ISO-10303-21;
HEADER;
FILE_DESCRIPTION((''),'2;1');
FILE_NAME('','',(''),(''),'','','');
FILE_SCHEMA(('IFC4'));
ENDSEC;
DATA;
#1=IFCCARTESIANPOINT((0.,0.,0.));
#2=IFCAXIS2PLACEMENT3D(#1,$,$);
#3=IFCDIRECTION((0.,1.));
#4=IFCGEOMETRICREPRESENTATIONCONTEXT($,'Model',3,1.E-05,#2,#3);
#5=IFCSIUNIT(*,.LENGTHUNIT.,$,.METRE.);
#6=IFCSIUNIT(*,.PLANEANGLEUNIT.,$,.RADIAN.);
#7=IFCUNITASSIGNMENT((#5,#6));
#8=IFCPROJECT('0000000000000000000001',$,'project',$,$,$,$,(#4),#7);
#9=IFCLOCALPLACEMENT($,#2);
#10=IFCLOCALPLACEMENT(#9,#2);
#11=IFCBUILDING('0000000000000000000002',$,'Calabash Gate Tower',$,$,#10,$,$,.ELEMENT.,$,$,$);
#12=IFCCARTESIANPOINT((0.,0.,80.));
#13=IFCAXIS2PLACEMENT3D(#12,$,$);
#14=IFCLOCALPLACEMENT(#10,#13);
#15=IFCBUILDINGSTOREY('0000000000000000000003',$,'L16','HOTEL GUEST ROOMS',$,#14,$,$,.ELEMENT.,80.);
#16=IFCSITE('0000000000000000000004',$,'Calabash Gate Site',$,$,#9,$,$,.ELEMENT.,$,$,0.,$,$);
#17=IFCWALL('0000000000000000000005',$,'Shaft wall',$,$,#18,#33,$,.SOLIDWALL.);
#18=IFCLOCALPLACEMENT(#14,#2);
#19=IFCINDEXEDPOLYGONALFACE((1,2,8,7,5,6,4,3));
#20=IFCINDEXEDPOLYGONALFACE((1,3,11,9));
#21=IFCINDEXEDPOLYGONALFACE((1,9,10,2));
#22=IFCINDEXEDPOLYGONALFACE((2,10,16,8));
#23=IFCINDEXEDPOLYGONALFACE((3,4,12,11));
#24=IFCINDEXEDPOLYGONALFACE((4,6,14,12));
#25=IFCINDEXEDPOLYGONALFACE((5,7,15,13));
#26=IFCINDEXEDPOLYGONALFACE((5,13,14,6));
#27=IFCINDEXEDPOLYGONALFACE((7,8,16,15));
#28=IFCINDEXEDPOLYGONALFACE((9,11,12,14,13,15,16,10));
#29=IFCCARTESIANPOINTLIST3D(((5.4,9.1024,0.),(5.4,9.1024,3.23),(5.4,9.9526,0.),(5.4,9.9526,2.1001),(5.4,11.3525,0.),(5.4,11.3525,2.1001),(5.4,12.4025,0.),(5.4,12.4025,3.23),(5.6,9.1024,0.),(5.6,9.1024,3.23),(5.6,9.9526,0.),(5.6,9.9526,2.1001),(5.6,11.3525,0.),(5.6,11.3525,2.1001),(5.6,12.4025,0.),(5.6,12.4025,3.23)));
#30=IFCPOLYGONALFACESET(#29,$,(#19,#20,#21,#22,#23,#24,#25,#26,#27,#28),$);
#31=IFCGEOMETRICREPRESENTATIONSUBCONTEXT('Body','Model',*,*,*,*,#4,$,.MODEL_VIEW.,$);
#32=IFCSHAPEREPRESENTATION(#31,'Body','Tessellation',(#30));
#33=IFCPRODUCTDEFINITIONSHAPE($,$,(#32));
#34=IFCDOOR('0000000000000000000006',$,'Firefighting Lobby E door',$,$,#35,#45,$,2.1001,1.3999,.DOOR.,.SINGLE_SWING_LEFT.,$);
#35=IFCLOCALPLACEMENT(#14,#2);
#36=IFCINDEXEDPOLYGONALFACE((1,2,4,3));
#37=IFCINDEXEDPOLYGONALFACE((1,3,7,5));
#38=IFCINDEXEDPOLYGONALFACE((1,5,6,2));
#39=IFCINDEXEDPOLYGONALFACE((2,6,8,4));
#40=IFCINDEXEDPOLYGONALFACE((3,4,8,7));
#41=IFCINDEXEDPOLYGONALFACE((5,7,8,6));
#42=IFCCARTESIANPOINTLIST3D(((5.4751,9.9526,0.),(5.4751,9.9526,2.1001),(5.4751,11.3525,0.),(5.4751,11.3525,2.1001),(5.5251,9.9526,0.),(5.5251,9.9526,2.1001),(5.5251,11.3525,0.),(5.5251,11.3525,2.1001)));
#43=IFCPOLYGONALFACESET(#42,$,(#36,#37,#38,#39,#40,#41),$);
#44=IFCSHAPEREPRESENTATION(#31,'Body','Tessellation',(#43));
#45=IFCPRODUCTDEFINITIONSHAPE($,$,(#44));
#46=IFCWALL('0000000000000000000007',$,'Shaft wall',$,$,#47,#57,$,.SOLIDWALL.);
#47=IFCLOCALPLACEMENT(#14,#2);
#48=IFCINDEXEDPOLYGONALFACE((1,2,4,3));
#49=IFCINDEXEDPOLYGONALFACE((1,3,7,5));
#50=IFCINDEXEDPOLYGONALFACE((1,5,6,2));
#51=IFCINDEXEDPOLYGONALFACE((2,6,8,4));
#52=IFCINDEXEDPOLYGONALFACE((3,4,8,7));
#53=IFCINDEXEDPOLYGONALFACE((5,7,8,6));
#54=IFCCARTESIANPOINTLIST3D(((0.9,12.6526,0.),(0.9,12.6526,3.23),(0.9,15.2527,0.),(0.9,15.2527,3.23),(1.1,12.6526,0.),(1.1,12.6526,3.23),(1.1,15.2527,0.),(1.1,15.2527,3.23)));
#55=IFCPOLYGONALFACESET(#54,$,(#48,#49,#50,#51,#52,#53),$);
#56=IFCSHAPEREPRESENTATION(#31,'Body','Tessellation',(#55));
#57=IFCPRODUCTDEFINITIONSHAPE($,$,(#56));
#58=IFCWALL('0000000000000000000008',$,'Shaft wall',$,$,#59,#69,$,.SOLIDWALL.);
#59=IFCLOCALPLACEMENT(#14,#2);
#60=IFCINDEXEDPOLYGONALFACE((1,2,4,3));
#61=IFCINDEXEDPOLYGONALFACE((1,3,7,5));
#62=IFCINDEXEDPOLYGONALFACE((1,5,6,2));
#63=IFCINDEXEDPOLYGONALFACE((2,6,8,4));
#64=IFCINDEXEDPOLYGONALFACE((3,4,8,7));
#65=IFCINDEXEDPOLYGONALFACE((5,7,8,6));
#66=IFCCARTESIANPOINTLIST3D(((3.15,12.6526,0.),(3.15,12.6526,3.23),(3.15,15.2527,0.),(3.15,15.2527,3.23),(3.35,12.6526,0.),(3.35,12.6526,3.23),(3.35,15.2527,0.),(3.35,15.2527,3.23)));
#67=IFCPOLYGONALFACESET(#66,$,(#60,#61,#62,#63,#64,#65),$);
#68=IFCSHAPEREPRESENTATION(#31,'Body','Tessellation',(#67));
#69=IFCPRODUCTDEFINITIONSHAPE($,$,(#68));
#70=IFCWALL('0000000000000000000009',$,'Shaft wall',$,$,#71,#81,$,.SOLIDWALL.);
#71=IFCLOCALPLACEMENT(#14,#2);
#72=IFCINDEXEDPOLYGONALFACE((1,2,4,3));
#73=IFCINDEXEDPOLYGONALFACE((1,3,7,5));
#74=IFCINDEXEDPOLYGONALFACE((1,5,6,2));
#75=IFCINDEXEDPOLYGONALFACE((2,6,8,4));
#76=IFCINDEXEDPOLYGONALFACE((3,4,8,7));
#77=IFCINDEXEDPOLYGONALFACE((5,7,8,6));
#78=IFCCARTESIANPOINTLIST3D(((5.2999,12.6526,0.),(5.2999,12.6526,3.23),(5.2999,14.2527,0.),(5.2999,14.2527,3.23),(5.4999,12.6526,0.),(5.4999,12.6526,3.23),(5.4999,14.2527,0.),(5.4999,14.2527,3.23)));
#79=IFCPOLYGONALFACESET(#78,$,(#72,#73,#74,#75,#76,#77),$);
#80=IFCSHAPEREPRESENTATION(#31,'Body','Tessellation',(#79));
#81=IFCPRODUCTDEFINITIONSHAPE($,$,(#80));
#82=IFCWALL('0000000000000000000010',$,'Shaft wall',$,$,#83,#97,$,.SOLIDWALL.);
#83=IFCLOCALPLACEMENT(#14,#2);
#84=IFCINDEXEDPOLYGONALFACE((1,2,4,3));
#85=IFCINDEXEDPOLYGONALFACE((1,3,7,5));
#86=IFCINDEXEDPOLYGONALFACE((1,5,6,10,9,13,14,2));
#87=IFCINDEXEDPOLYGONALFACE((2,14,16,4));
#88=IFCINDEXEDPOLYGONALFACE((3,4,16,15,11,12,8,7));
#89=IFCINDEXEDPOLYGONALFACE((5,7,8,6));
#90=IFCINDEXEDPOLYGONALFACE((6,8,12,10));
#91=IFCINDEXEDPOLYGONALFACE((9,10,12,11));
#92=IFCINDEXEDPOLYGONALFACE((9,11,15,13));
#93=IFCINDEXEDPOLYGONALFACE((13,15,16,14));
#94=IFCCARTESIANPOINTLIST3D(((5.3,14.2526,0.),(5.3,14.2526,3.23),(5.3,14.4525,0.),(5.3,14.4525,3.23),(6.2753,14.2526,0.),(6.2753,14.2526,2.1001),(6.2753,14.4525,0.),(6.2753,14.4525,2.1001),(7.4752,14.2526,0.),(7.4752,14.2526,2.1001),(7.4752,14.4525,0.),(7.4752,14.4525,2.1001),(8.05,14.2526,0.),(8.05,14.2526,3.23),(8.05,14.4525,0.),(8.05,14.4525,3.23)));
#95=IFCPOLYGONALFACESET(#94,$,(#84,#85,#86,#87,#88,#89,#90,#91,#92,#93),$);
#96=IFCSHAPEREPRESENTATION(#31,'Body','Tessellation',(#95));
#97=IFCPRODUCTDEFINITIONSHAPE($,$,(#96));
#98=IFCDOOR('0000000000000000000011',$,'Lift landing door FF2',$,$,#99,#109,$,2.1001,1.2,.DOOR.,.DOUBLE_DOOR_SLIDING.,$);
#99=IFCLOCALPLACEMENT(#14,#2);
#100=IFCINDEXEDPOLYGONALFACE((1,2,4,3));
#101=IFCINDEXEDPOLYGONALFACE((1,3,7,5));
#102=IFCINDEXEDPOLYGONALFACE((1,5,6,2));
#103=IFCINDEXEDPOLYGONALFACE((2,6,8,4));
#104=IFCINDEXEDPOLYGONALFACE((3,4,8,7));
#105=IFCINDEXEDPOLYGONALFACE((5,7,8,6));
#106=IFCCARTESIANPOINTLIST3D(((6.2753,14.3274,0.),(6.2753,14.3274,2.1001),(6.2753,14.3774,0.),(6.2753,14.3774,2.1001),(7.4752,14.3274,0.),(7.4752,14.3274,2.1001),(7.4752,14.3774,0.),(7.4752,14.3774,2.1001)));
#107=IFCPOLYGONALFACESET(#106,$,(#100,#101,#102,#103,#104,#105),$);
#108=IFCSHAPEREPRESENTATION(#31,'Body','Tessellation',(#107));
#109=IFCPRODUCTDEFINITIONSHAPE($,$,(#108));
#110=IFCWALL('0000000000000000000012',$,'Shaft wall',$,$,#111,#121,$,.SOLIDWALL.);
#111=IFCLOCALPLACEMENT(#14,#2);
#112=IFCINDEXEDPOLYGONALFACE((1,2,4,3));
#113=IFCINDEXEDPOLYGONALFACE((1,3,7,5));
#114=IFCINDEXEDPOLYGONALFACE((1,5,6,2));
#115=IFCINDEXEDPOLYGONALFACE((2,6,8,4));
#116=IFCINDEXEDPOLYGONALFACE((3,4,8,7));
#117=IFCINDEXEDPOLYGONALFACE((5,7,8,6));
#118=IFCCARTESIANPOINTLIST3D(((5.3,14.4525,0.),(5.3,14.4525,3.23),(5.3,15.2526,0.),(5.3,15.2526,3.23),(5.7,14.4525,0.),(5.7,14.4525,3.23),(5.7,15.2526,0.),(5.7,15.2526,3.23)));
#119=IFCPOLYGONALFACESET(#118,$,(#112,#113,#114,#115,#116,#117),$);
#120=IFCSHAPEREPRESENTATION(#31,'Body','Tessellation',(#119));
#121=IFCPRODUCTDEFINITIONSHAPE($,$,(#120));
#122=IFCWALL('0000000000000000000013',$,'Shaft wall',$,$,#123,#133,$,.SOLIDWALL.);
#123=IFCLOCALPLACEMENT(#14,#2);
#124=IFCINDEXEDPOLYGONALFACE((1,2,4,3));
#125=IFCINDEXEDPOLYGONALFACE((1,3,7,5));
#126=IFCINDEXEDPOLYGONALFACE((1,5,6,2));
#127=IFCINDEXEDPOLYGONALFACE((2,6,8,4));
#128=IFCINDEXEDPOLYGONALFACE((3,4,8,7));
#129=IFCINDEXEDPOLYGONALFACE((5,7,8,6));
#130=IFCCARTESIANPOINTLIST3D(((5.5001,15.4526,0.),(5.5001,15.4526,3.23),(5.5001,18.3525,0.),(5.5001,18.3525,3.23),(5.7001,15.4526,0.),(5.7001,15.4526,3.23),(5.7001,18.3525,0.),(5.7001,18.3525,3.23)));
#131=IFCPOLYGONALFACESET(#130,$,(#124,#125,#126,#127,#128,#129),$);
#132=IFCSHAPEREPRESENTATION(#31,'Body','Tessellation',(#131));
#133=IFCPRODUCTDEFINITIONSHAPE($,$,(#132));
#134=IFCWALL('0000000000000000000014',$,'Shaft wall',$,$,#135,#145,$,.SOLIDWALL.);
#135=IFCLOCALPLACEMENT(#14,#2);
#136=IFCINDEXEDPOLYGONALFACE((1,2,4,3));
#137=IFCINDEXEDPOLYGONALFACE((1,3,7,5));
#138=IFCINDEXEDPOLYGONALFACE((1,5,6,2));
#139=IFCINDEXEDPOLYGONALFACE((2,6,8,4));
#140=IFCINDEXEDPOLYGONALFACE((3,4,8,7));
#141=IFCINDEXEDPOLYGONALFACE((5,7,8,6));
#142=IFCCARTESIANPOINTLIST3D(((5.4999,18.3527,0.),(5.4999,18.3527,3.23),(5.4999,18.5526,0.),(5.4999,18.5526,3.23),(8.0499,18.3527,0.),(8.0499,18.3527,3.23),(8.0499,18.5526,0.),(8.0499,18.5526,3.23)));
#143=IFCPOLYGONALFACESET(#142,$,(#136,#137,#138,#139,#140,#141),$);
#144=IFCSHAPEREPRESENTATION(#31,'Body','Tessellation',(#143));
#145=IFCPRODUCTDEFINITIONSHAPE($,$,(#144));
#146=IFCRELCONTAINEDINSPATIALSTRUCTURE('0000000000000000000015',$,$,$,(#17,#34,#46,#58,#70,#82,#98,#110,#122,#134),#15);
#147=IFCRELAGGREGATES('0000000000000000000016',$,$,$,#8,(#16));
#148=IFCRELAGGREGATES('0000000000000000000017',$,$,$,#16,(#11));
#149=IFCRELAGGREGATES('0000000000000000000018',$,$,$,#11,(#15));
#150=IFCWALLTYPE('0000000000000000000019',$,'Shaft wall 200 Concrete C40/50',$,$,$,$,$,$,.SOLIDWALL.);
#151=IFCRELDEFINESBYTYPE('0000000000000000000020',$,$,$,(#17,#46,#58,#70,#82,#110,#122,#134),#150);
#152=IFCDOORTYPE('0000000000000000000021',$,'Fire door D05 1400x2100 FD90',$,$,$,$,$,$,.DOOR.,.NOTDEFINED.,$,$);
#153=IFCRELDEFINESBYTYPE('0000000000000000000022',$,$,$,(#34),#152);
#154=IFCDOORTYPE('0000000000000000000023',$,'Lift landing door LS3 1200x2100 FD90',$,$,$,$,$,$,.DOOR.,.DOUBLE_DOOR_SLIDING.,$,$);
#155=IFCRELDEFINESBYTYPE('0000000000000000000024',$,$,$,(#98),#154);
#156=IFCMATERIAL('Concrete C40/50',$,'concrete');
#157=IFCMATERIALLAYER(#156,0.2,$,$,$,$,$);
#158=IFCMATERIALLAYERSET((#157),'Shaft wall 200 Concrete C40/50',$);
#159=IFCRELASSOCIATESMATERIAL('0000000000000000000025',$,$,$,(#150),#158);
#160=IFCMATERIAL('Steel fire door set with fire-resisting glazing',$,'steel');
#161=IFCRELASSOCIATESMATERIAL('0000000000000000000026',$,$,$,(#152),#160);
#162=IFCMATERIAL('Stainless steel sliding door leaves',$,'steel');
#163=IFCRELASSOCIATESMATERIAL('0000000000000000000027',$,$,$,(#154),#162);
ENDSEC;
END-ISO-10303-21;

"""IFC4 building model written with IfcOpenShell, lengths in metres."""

from ifc_helpers import new_model, si_unit, direction, frame, frame_2d, origin, place, context, subcontext, project, spatial, rectangle, extrude, material, layer, layer_set, type_object, element, fill, save


model = new_model("IFC4")

# Units and contexts
model_context = context("Model", 3, precision=1e-05, world=origin(), true_north=direction((0.0, 1.0)))
body_context = subcontext(model_context, "Body", "Model", "MODEL_VIEW")
ifc_project = project(units=[si_unit("LENGTHUNIT", "METRE"), si_unit("PLANEANGLEUNIT", "RADIAN")], contexts=[model_context])

# Site, building, storey
site_placement = place(None, origin())
site = spatial("IfcSite", under=ifc_project, at=site_placement, Name="Calabash Gate Site", CompositionType="ELEMENT", RefElevation=0.0)
building_placement = place(site_placement, origin())
building = spatial("IfcBuilding", under=site, at=building_placement, Name="Calabash Gate Tower", CompositionType="ELEMENT")
storey_placement = place(building_placement, frame((0.0, 0.0, 80.0)))
storey = spatial("IfcBuildingStorey", under=building, at=storey_placement, Name="L16", Description="HOTEL GUEST ROOMS", CompositionType="ELEMENT", Elevation=80.0)

# Shared definitions
ifc_material_1 = material(Name="Concrete C40/50", Category="concrete")
ifc_layer_1 = layer(ifc_material_1, 0.2)
ifc_layer_set_1 = layer_set([ifc_layer_1], Name="Shaft wall 200 Concrete C40/50")
wall_type_1 = type_object("IfcWallType", Name="Shaft wall 200 Concrete C40/50", PredefinedType="SOLIDWALL", material=ifc_layer_set_1)

# Wall, opening, door
wall_1_placement = place(storey_placement, frame((5.5, 9.1025, 0.0), z_axis=(0.0, 0.0, 1.0), x_axis=(0.0, 1.0, 0.0)))
wall_1 = element("IfcWall", 1, at=wall_1_placement, inside=storey, type_object=wall_type_1, Name="Shaft wall", PredefinedType="SOLIDWALL", context=body_context, shape_type="SweptSolid", body=[
    extrude(rectangle(XDim=3.3, YDim=0.2, at=frame_2d((1.6499, 0.0))), origin(), (0.0, 0.0, 1.0), 3.23),
])
opening_1_placement = place(wall_1_placement, frame((0.8501, 0.0, 0.0)))
opening_1 = element("IfcOpeningElement", 2, at=opening_1_placement, cuts=wall_1, PredefinedType="OPENING", context=body_context, shape_type="SweptSolid", body=[
    extrude(rectangle(XDim=1.3999, YDim=2.1001, at=frame_2d((0.7, 1.05))), frame((0.0, 0.1099, 0.0), z_axis=(0.0, -1.0, 0.0), x_axis=(1.0, 0.0, 0.0)), (0.0, 0.0, 1.0), 0.22),
])
ifc_material_2 = material(Name="Steel fire door set with fire-resisting glazing", Category="steel")
door_type_1 = type_object("IfcDoorType", Name="Fire door D05 1400x2100 FD90", OperationType="NOTDEFINED", PredefinedType="DOOR", material=ifc_material_2)
door_1_placement = place(opening_1_placement, origin())
door_1 = element("IfcDoor", 3, at=door_1_placement, inside=storey, type_object=door_type_1, Name="Firefighting Lobby E door", OperationType="SINGLE_SWING_LEFT", OverallHeight=2.1001, OverallWidth=1.3999, PredefinedType="DOOR", context=body_context, shape_type="SweptSolid", body=[
    extrude(rectangle(XDim=1.3999, YDim=2.1001, at=frame_2d((0.7, 1.05))), frame((0.0, 0.0249, 0.0), z_axis=(0.0, -1.0, 0.0), x_axis=(1.0, 0.0, 0.0)), (0.0, 0.0, 1.0), 0.05),
])
fill(opening_1, door_1)

# Walls
for number, where, z_axis, x_axis, name in (
    (4, (1.0, 12.6526, 0.0), (0.0, 0.0, 1.0), (0.0, 1.0, 0.0), "Shaft wall"),
    (5, (3.25, 12.6526, 0.0), (0.0, 0.0, 1.0), (0.0, 1.0, 0.0), "Shaft wall"),
):
    element("IfcWall", number, at=place(storey_placement, frame(where, z_axis=z_axis, x_axis=x_axis)), inside=storey, type_object=wall_type_1, Name=name, PredefinedType="SOLIDWALL", context=body_context, shape_type="SweptSolid", body=[
        extrude(rectangle(XDim=2.6001, YDim=0.2, at=frame_2d((1.3, 0.0))), origin(), (0.0, 0.0, 1.0), 3.23),
    ])
wall_2_placement = place(storey_placement, frame((5.3999, 12.6526, 0.0), z_axis=(0.0, 0.0, 1.0), x_axis=(0.0, 1.0, 0.0)))
element("IfcWall", 6, at=wall_2_placement, inside=storey, type_object=wall_type_1, Name="Shaft wall", PredefinedType="SOLIDWALL", context=body_context, shape_type="SweptSolid", body=[
    extrude(rectangle(XDim=1.6001, YDim=0.2, at=frame_2d((0.8, 0.0))), origin(), (0.0, 0.0, 1.0), 3.23),
])

# Wall, opening, door
wall_3_placement = place(storey_placement, frame((5.3, 14.3525, 0.0), z_axis=(0.0, 0.0, 1.0), x_axis=(1.0, 0.0, 0.0)))
wall_3 = element("IfcWall", 7, at=wall_3_placement, inside=storey, type_object=wall_type_1, Name="Shaft wall", PredefinedType="SOLIDWALL", context=body_context, shape_type="SweptSolid", body=[
    extrude(rectangle(XDim=2.75, YDim=0.2, at=frame_2d((1.375, 0.0))), origin(), (0.0, 0.0, 1.0), 3.23),
])
opening_2_placement = place(wall_3_placement, frame((0.9751, 0.0, 0.0)))
opening_2 = element("IfcOpeningElement", 8, at=opening_2_placement, cuts=wall_3, PredefinedType="OPENING", context=body_context, shape_type="SweptSolid", body=[
    extrude(rectangle(XDim=1.2, YDim=2.1001, at=frame_2d((0.6001, 1.05))), frame((0.0, 0.1099, 0.0), z_axis=(0.0, -1.0, 0.0), x_axis=(1.0, 0.0, 0.0)), (0.0, 0.0, 1.0), 0.22),
])
ifc_material_3 = material(Name="Stainless steel sliding door leaves", Category="steel")
door_type_2 = type_object("IfcDoorType", Name="Lift landing door LS3 1200x2100 FD90", OperationType="DOUBLE_DOOR_SLIDING", PredefinedType="DOOR", material=ifc_material_3)
door_2_placement = place(opening_2_placement, origin())
door_2 = element("IfcDoor", 9, at=door_2_placement, inside=storey, type_object=door_type_2, Name="Lift landing door FF2", OperationType="DOUBLE_DOOR_SLIDING", OverallHeight=2.1001, OverallWidth=1.2, PredefinedType="DOOR", context=body_context, shape_type="SweptSolid", body=[
    extrude(rectangle(XDim=1.2, YDim=2.1001, at=frame_2d((0.6001, 1.05))), frame((0.0, 0.0249, 0.0), z_axis=(0.0, -1.0, 0.0), x_axis=(1.0, 0.0, 0.0)), (0.0, 0.0, 1.0), 0.05),
])
fill(opening_2, door_2)

# Walls
wall_4_placement = place(storey_placement, frame((5.5, 14.4526, 0.0), z_axis=(0.0, 0.0, 1.0), x_axis=(0.0, 1.0, 0.0)))
element("IfcWall", 10, at=wall_4_placement, inside=storey, type_object=wall_type_1, Name="Shaft wall", PredefinedType="SOLIDWALL", context=body_context, shape_type="SweptSolid", body=[
    extrude(rectangle(XDim=0.8, YDim=0.3999, at=frame_2d((0.3999, 0.0))), origin(), (0.0, 0.0, 1.0), 3.23),
])
wall_5_placement = place(storey_placement, frame((5.6001, 15.4526, 0.0), z_axis=(0.0, 0.0, 1.0), x_axis=(0.0, 1.0, 0.0)))
element("IfcWall", 11, at=wall_5_placement, inside=storey, type_object=wall_type_1, Name="Shaft wall", PredefinedType="SOLIDWALL", context=body_context, shape_type="SweptSolid", body=[
    extrude(rectangle(XDim=2.8999, YDim=0.2, at=frame_2d((1.45, 0.0))), origin(), (0.0, 0.0, 1.0), 3.23),
])
wall_6_placement = place(storey_placement, frame((5.5, 18.4526, 0.0), z_axis=(0.0, 0.0, 1.0), x_axis=(1.0, 0.0, 0.0)))
element("IfcWall", 12, at=wall_6_placement, inside=storey, type_object=wall_type_1, Name="Shaft wall", PredefinedType="SOLIDWALL", context=body_context, shape_type="SweptSolid", body=[
    extrude(rectangle(XDim=2.55, YDim=0.2, at=frame_2d((1.2749, 0.0))), origin(), (0.0, 0.0, 1.0), 3.23),
])

save(model, "model.ifc")
